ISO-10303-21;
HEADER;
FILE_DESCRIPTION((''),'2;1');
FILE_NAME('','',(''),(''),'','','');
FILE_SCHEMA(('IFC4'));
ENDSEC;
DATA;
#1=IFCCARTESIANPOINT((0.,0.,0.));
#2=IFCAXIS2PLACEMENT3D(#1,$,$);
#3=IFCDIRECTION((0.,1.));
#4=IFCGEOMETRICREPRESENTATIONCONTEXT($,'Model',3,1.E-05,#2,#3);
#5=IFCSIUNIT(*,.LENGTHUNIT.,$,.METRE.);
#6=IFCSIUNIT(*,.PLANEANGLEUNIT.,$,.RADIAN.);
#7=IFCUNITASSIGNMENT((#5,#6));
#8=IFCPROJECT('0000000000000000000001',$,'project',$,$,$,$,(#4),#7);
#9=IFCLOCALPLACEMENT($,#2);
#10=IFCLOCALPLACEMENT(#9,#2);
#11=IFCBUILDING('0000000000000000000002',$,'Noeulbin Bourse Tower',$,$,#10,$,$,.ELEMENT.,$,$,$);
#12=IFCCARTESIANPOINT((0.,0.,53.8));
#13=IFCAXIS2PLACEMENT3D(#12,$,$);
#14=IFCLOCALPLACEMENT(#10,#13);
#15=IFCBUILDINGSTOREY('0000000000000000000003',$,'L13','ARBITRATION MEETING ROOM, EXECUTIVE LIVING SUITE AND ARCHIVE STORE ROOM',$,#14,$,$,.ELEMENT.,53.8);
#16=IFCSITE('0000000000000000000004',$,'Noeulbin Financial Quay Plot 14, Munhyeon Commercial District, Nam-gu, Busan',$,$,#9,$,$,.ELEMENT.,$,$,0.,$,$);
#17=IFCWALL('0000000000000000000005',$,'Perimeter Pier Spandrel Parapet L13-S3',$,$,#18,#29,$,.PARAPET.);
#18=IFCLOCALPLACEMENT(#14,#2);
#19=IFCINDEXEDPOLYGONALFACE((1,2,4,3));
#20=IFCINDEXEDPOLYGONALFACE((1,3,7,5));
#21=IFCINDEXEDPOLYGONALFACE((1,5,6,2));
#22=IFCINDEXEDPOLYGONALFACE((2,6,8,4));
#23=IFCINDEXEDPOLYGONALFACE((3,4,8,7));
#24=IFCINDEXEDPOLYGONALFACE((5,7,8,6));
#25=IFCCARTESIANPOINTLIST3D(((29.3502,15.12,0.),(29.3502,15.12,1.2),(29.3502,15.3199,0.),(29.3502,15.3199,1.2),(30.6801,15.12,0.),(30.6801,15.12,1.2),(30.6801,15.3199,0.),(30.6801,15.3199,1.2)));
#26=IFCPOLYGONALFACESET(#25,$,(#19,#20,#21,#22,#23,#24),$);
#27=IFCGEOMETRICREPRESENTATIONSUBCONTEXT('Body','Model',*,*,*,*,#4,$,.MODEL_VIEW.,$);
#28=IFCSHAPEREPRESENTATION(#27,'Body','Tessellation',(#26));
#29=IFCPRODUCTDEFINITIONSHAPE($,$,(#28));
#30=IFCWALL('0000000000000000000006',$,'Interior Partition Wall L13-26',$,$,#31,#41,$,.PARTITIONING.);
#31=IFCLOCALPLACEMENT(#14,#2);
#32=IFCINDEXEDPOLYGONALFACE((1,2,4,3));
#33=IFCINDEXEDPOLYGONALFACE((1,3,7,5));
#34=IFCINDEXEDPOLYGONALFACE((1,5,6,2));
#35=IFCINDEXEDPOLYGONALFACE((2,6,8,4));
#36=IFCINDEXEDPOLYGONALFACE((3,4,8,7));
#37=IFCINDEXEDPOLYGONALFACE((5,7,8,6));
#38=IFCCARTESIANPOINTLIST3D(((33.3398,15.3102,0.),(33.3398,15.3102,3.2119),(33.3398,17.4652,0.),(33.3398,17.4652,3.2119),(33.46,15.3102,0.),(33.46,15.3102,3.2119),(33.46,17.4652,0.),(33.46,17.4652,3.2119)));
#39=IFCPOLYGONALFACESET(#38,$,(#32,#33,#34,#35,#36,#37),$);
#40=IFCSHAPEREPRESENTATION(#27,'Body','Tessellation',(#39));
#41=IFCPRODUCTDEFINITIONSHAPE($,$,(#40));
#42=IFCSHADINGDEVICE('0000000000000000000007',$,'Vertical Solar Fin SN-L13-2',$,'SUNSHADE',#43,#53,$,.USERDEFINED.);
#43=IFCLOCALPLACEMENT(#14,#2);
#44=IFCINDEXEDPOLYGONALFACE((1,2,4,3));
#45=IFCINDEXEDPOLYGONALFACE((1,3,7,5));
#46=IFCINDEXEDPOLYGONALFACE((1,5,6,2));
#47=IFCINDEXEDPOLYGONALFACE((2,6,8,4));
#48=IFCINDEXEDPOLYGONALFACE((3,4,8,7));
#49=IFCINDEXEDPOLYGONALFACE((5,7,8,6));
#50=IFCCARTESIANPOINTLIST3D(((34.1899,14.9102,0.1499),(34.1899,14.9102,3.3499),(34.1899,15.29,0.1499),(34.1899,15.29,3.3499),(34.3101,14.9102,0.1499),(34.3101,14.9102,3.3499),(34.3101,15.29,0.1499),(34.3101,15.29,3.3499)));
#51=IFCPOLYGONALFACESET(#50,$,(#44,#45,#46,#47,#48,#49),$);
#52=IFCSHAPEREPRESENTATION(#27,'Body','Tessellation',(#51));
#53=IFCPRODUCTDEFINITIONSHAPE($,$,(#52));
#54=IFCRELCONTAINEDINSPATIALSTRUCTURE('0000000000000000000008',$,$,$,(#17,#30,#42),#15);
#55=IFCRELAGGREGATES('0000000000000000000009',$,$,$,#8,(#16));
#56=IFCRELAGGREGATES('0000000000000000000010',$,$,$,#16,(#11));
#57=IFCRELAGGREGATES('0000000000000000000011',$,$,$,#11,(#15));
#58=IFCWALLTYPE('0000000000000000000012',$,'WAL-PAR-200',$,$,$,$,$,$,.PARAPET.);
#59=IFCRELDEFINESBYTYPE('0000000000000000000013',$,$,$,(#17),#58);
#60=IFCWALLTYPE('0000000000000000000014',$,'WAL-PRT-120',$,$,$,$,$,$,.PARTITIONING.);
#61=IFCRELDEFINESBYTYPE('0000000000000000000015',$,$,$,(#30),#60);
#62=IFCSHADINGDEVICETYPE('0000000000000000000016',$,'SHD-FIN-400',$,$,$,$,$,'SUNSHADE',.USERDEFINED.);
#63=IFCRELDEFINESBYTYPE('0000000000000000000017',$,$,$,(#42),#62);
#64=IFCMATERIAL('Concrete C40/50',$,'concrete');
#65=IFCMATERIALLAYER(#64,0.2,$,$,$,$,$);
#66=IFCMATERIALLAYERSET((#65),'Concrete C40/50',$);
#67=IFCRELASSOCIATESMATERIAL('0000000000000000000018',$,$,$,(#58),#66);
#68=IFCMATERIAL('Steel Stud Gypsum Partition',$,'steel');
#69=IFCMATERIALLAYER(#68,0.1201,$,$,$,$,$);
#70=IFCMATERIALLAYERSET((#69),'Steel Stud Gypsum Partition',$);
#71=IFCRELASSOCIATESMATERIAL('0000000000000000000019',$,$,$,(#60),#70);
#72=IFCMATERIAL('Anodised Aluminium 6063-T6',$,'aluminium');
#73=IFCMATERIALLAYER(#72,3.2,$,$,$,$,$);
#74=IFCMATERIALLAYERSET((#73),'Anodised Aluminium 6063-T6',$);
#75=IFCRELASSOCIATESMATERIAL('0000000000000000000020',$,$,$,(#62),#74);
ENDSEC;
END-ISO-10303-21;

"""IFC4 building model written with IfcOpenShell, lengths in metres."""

from ifc_helpers import new_model, si_unit, direction, frame, frame_2d, origin, origin_2d, place, context, subcontext, project, spatial, rectangle, extrude, material, layer, layer_set, type_object, element, save


model = new_model("IFC4")

# Units and contexts
model_context = context("Model", 3, precision=1e-05, world=origin(), true_north=direction((0.0, 1.0)))
body_context = subcontext(model_context, "Body", "Model", "MODEL_VIEW")
ifc_project = project(units=[si_unit("LENGTHUNIT", "METRE"), si_unit("PLANEANGLEUNIT", "RADIAN")], contexts=[model_context])

# Site, building, storey
site_placement = place(None, origin())
site = spatial("IfcSite", under=ifc_project, at=site_placement, Name="Noeulbin Financial Quay Plot 14, Munhyeon Commercial District, Nam-gu, Busan", CompositionType="ELEMENT", RefElevation=0.0)
building_placement = place(site_placement, origin())
building = spatial("IfcBuilding", under=site, at=building_placement, Name="Noeulbin Bourse Tower", CompositionType="ELEMENT")
storey_placement = place(building_placement, frame((0.0, 0.0, 53.8)))
storey = spatial("IfcBuildingStorey", under=building, at=storey_placement, Name="L13", Description="ARBITRATION MEETING ROOM, EXECUTIVE LIVING SUITE AND ARCHIVE STORE ROOM", CompositionType="ELEMENT", Elevation=53.8)

# Shared definitions
ifc_material_1 = material(Name="Anodised Aluminium 6063-T6", Category="aluminium")

# Walls
ifc_material_2 = material(Name="Concrete C40/50", Category="concrete")
ifc_layer_1 = layer(ifc_material_2, 0.2)
ifc_layer_set_1 = layer_set([ifc_layer_1], Name="Concrete C40/50")
wall_type_1 = type_object("IfcWallType", Name="WAL-PAR-200", PredefinedType="PARAPET", material=ifc_layer_set_1)
wall_1_placement = place(storey_placement, frame((29.3501, 15.22, 0.0), z_axis=(0.0, 0.0, 1.0), x_axis=(1.0, 0.0, 0.0)))
element("IfcWall", 1, at=wall_1_placement, inside=storey, type_object=wall_type_1, Name="Perimeter Pier Spandrel Parapet L13-S3", PredefinedType="PARAPET", context=body_context, shape_type="SweptSolid", body=[
    extrude(rectangle(XDim=1.3298, YDim=0.2, at=frame_2d((0.665, 0.0))), origin(), (0.0, 0.0, 1.0), 1.2),
])
ifc_material_3 = material(Name="Steel Stud Gypsum Partition", Category="steel")
ifc_layer_2 = layer(ifc_material_3, 0.1201)
ifc_layer_set_2 = layer_set([ifc_layer_2], Name="Steel Stud Gypsum Partition")
wall_type_2 = type_object("IfcWallType", Name="WAL-PRT-120", PredefinedType="PARTITIONING", material=ifc_layer_set_2)
wall_2_placement = place(storey_placement, frame((33.3999, 15.3101, 0.0), z_axis=(0.0, 0.0, 1.0), x_axis=(0.0, 1.0, 0.0)))
element("IfcWall", 2, at=wall_2_placement, inside=storey, type_object=wall_type_2, Name="Interior Partition Wall L13-26", PredefinedType="PARTITIONING", context=body_context, shape_type="SweptSolid", body=[
    extrude(rectangle(XDim=2.155, YDim=0.1201, at=frame_2d((1.0776, 0.0))), origin(), (0.0, 0.0, 1.0), 3.2119),
])

# Shading device
ifc_layer_3 = layer(ifc_material_1, 3.2)
ifc_layer_set_3 = layer_set([ifc_layer_3], Name="Anodised Aluminium 6063-T6")
shading_device_type = type_object("IfcShadingDeviceType", Name="SHD-FIN-400", ElementType="SUNSHADE", PredefinedType="USERDEFINED", material=ifc_layer_set_3)
shading_device_placement = place(storey_placement, frame((34.25, 15.1001, 0.1499), z_axis=(0.0, 0.0, 1.0), x_axis=(1.0, 0.0, 0.0)))
element("IfcShadingDevice", 3, at=shading_device_placement, inside=storey, type_object=shading_device_type, Name="Vertical Solar Fin SN-L13-2", ObjectType="SUNSHADE", PredefinedType="USERDEFINED", context=body_context, shape_type="SweptSolid", body=[
    extrude(rectangle(XDim=0.1201, YDim=0.3799, at=origin_2d()), origin(), (0.0, 0.0, 1.0), 3.2),
])

save(model, "model.ifc")
